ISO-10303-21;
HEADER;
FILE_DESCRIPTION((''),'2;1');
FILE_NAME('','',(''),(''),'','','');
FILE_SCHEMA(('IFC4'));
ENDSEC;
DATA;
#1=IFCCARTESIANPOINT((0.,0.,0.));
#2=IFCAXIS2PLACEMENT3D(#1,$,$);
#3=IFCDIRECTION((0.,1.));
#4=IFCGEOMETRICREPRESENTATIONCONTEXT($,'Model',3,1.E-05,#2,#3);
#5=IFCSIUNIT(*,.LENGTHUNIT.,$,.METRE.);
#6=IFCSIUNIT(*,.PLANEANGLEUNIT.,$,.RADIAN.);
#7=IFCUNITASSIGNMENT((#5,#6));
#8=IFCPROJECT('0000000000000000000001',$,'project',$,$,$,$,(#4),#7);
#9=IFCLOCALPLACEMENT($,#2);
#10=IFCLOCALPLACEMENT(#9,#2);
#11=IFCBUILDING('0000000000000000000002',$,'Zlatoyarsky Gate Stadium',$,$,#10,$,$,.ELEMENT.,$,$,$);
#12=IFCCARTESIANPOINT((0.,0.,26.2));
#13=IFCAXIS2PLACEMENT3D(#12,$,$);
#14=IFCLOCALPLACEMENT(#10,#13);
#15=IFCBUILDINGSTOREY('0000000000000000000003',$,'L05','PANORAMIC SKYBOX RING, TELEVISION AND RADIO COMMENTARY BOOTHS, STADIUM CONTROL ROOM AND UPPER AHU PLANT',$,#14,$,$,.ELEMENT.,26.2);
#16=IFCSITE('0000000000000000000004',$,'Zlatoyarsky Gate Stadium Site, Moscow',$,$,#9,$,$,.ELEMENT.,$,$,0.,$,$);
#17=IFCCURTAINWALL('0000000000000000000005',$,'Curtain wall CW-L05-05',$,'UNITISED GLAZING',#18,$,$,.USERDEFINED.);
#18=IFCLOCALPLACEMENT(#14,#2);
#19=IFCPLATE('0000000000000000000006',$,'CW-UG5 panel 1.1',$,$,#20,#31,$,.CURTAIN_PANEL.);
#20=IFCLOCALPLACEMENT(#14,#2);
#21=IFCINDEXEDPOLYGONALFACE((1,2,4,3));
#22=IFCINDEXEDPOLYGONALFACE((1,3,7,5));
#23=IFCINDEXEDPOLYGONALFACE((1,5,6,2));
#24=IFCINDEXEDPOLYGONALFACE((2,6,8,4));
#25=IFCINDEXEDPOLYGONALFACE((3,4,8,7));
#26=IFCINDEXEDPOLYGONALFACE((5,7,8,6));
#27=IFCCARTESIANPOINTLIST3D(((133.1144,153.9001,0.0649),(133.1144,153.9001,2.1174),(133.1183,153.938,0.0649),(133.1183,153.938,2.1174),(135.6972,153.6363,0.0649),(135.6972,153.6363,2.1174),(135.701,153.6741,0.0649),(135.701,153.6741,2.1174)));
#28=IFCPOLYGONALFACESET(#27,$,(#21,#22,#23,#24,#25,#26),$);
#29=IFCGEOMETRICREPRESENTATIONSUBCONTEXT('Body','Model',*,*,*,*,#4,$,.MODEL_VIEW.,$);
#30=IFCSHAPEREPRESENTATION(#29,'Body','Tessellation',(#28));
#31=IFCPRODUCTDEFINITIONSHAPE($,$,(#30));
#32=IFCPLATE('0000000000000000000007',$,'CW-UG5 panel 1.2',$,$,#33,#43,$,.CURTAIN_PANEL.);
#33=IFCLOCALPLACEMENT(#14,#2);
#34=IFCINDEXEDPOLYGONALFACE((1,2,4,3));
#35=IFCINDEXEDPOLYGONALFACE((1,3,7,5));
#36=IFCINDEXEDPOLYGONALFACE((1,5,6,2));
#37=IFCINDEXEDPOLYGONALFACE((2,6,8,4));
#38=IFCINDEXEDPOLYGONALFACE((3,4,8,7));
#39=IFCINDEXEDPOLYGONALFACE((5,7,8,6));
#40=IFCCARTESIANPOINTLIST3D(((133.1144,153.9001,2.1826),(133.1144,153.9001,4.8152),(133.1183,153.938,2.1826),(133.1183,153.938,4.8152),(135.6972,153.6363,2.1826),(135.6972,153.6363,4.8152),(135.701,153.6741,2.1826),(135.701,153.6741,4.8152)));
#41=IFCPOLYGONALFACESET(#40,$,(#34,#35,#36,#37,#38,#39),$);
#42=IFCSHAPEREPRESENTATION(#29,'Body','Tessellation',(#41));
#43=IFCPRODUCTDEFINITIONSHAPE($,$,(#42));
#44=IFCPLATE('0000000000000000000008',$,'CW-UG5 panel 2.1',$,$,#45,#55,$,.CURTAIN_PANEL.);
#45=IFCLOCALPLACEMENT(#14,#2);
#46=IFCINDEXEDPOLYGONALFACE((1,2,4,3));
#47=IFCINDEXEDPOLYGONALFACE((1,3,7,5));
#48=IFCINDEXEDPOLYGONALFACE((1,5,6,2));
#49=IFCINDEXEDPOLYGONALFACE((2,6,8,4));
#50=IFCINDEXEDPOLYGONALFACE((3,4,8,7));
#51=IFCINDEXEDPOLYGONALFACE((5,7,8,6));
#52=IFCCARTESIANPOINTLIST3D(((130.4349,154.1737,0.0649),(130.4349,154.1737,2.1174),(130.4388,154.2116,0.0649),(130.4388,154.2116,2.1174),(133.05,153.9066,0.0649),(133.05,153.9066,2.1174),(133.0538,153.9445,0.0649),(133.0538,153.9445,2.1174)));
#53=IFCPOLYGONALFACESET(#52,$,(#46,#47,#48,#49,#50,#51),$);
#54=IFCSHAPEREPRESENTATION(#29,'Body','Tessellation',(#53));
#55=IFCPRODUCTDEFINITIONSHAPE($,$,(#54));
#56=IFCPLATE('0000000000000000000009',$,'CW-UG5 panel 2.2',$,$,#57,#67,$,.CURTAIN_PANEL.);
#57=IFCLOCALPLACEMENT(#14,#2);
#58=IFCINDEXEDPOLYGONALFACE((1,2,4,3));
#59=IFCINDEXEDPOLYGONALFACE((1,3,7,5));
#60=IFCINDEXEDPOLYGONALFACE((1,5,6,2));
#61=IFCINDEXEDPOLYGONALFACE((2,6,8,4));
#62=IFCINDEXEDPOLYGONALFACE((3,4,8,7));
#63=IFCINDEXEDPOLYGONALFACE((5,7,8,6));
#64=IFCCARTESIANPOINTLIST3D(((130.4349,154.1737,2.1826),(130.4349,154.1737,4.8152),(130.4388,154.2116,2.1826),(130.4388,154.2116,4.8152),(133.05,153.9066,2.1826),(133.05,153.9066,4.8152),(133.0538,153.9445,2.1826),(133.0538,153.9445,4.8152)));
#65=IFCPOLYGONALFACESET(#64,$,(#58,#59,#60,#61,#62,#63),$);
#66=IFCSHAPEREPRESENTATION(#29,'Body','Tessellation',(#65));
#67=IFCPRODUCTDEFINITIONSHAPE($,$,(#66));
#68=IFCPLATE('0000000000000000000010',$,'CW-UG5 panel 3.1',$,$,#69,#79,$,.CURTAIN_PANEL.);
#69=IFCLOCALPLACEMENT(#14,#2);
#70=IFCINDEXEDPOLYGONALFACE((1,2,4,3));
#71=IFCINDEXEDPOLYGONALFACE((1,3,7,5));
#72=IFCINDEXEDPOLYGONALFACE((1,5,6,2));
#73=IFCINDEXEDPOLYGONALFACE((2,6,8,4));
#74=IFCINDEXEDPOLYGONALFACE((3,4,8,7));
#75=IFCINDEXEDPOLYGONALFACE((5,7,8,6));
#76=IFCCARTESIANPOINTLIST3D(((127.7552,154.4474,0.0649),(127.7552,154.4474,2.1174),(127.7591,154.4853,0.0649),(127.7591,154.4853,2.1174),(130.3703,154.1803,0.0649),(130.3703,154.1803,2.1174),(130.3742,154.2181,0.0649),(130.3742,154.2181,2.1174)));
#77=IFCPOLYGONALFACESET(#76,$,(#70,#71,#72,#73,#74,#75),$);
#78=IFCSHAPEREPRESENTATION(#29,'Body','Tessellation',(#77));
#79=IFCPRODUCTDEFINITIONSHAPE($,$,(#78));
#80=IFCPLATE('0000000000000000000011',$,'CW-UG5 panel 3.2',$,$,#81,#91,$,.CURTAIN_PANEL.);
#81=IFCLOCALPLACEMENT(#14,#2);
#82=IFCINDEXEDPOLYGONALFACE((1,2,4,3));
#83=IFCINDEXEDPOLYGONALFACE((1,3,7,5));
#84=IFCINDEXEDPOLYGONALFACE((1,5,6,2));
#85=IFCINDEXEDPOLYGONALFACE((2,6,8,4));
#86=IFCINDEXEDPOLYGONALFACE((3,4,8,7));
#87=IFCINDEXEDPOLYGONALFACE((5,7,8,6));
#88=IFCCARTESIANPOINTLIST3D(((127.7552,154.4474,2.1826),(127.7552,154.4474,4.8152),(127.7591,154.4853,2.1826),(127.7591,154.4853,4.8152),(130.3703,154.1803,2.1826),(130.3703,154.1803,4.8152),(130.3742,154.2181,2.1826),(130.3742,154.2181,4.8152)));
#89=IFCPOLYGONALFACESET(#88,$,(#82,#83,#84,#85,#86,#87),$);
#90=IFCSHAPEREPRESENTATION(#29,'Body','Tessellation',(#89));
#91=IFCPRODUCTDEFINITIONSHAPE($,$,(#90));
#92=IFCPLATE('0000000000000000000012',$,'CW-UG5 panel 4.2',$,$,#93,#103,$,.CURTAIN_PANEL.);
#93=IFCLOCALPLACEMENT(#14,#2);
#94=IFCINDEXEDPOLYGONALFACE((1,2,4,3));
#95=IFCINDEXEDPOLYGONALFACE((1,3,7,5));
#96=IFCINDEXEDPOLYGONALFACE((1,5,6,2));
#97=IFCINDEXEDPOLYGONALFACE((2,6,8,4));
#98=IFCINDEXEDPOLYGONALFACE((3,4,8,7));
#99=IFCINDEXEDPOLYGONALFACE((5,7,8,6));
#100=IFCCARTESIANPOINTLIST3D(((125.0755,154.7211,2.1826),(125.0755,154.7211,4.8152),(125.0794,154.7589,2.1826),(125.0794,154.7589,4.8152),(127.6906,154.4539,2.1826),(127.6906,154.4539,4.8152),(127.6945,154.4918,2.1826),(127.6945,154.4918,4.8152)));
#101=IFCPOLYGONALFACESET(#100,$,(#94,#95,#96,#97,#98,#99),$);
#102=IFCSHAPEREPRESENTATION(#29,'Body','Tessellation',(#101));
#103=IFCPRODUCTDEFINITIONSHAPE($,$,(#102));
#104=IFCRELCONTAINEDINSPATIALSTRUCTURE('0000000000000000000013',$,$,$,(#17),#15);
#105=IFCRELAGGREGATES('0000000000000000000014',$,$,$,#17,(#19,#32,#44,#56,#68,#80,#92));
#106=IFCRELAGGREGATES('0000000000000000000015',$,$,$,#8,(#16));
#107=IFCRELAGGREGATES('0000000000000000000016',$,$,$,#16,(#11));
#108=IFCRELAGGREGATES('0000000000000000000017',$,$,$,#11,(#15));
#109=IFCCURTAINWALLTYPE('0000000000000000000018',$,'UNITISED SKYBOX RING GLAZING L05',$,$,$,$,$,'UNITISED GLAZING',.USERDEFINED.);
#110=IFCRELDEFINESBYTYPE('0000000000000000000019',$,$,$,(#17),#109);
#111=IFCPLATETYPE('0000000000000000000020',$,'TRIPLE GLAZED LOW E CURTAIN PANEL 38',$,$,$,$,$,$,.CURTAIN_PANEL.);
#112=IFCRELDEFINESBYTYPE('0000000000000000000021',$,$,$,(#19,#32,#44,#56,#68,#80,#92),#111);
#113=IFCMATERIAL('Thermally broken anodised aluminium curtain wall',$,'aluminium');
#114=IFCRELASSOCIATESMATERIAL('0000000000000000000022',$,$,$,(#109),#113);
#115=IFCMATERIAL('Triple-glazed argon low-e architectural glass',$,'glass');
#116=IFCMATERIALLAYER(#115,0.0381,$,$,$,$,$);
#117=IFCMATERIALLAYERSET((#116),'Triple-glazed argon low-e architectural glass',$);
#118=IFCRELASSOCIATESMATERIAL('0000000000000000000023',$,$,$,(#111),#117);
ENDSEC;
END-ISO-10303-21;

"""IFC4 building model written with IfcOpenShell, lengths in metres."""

from ifc_helpers import new_model, si_unit, direction, frame, origin, origin_2d, place, context, subcontext, project, spatial, rectangle, extrude, material, layer, layer_set, type_object, element, aggregate, save


model = new_model("IFC4")

# Units and contexts
model_context = context("Model", 3, precision=1e-05, world=origin(), true_north=direction((0.0, 1.0)))
body_context = subcontext(model_context, "Body", "Model", "MODEL_VIEW")
ifc_project = project(units=[si_unit("LENGTHUNIT", "METRE"), si_unit("PLANEANGLEUNIT", "RADIAN")], contexts=[model_context])

# Site, building, storey
site_placement = place(None, origin())
site = spatial("IfcSite", under=ifc_project, at=site_placement, Name="Zlatoyarsky Gate Stadium Site, Moscow", CompositionType="ELEMENT", RefElevation=0.0)
building_placement = place(site_placement, origin())
building = spatial("IfcBuilding", under=site, at=building_placement, Name="Zlatoyarsky Gate Stadium", CompositionType="ELEMENT")
storey_placement = place(building_placement, frame((0.0, 0.0, 26.2)))
storey = spatial("IfcBuildingStorey", under=building, at=storey_placement, Name="L05", Description="PANORAMIC SKYBOX RING, TELEVISION AND RADIO COMMENTARY BOOTHS, STADIUM CONTROL ROOM AND UPPER AHU PLANT", CompositionType="ELEMENT", Elevation=26.2)

# Curtain wall
ifc_material_1 = material(Name="Thermally broken anodised aluminium curtain wall", Category="aluminium")
curtain_wall_type = type_object("IfcCurtainWallType", Name="UNITISED SKYBOX RING GLAZING L05", ElementType="UNITISED GLAZING", PredefinedType="USERDEFINED", material=ifc_material_1)
curtain_wall_placement = place(storey_placement, origin())
curtain_wall = element("IfcCurtainWall", 1, at=curtain_wall_placement, inside=storey, type_object=curtain_wall_type, Name="Curtain wall CW-L05-05", ObjectType="UNITISED GLAZING", PredefinedType="USERDEFINED")

# Plates
ifc_material_2 = material(Name="Triple-glazed argon low-e architectural glass", Category="glass")
ifc_layer_1 = layer(ifc_material_2, 0.0381)
ifc_layer_set_1 = layer_set([ifc_layer_1], Name="Triple-glazed argon low-e architectural glass")
plate_type_1 = type_object("IfcPlateType", Name="TRIPLE GLAZED LOW E CURTAIN PANEL 38", PredefinedType="CURTAIN_PANEL", material=ifc_layer_set_1)
plate_1_placement = place(storey_placement, frame((134.4077, 153.7871, 0.0649), z_axis=(0.0, 0.0, 1.0), x_axis=(-0.994823, 0.101618, 0.0)))
plate_1 = element("IfcPlate", 2, at=plate_1_placement, type_object=plate_type_1, Name="CW-UG5 panel 1.1", PredefinedType="CURTAIN_PANEL", context=body_context, shape_type="SweptSolid", body=[
    extrude(rectangle(XDim=2.5962, YDim=0.0381, at=origin_2d()), origin(), (0.0, 0.0, 1.0), 2.0525),
])
plate_2_placement = place(storey_placement, frame((134.4077, 153.7871, 2.1826), z_axis=(0.0, 0.0, 1.0), x_axis=(-0.994823, 0.101618, 0.0)))
plate_2 = element("IfcPlate", 3, at=plate_2_placement, type_object=plate_type_1, Name="CW-UG5 panel 1.2", PredefinedType="CURTAIN_PANEL", context=body_context, shape_type="SweptSolid", body=[
    extrude(rectangle(XDim=2.5962, YDim=0.0381, at=origin_2d()), origin(), (0.0, 0.0, 1.0), 2.6326),
])
plate_3_placement = place(storey_placement, frame((131.7444, 154.0591, 0.0649), z_axis=(0.0, 0.0, 1.0), x_axis=(-0.994823, 0.101618, 0.0)))
plate_3 = element("IfcPlate", 4, at=plate_3_placement, type_object=plate_type_1, Name="CW-UG5 panel 2.1", PredefinedType="CURTAIN_PANEL", context=body_context, shape_type="SweptSolid", body=[
    extrude(rectangle(XDim=2.6287, YDim=0.0381, at=origin_2d()), origin(), (0.0, 0.0, 1.0), 2.0525),
])
plate_4_placement = place(storey_placement, frame((131.7444, 154.0591, 2.1826), z_axis=(0.0, 0.0, 1.0), x_axis=(-0.994823, 0.101618, 0.0)))
plate_4 = element("IfcPlate", 5, at=plate_4_placement, type_object=plate_type_1, Name="CW-UG5 panel 2.2", PredefinedType="CURTAIN_PANEL", context=body_context, shape_type="SweptSolid", body=[
    extrude(rectangle(XDim=2.6287, YDim=0.0381, at=origin_2d()), origin(), (0.0, 0.0, 1.0), 2.6326),
])
plate_5_placement = place(storey_placement, frame((129.0647, 154.3328, 0.0649), z_axis=(0.0, 0.0, 1.0), x_axis=(-0.994823, 0.101618, 0.0)))
plate_5 = element("IfcPlate", 6, at=plate_5_placement, type_object=plate_type_1, Name="CW-UG5 panel 3.1", PredefinedType="CURTAIN_PANEL", context=body_context, shape_type="SweptSolid", body=[
    extrude(rectangle(XDim=2.6287, YDim=0.0381, at=origin_2d()), origin(), (0.0, 0.0, 1.0), 2.0525),
])
plate_6_placement = place(storey_placement, frame((129.0647, 154.3328, 2.1826), z_axis=(0.0, 0.0, 1.0), x_axis=(-0.994823, 0.101618, 0.0)))
plate_6 = element("IfcPlate", 7, at=plate_6_placement, type_object=plate_type_1, Name="CW-UG5 panel 3.2", PredefinedType="CURTAIN_PANEL", context=body_context, shape_type="SweptSolid", body=[
    extrude(rectangle(XDim=2.6287, YDim=0.0381, at=origin_2d()), origin(), (0.0, 0.0, 1.0), 2.6326),
])
plate_7_placement = place(storey_placement, frame((126.385, 154.6064, 2.1826), z_axis=(0.0, 0.0, 1.0), x_axis=(-0.994823, 0.101618, 0.0)))
plate_7 = element("IfcPlate", 8, at=plate_7_placement, type_object=plate_type_1, Name="CW-UG5 panel 4.2", PredefinedType="CURTAIN_PANEL", context=body_context, shape_type="SweptSolid", body=[
    extrude(rectangle(XDim=2.6287, YDim=0.0381, at=origin_2d()), origin(), (0.0, 0.0, 1.0), 2.6326),
])
aggregate(curtain_wall, [plate_1, plate_2, plate_3, plate_4, plate_5, plate_6, plate_7])

save(model, "model.ifc")
